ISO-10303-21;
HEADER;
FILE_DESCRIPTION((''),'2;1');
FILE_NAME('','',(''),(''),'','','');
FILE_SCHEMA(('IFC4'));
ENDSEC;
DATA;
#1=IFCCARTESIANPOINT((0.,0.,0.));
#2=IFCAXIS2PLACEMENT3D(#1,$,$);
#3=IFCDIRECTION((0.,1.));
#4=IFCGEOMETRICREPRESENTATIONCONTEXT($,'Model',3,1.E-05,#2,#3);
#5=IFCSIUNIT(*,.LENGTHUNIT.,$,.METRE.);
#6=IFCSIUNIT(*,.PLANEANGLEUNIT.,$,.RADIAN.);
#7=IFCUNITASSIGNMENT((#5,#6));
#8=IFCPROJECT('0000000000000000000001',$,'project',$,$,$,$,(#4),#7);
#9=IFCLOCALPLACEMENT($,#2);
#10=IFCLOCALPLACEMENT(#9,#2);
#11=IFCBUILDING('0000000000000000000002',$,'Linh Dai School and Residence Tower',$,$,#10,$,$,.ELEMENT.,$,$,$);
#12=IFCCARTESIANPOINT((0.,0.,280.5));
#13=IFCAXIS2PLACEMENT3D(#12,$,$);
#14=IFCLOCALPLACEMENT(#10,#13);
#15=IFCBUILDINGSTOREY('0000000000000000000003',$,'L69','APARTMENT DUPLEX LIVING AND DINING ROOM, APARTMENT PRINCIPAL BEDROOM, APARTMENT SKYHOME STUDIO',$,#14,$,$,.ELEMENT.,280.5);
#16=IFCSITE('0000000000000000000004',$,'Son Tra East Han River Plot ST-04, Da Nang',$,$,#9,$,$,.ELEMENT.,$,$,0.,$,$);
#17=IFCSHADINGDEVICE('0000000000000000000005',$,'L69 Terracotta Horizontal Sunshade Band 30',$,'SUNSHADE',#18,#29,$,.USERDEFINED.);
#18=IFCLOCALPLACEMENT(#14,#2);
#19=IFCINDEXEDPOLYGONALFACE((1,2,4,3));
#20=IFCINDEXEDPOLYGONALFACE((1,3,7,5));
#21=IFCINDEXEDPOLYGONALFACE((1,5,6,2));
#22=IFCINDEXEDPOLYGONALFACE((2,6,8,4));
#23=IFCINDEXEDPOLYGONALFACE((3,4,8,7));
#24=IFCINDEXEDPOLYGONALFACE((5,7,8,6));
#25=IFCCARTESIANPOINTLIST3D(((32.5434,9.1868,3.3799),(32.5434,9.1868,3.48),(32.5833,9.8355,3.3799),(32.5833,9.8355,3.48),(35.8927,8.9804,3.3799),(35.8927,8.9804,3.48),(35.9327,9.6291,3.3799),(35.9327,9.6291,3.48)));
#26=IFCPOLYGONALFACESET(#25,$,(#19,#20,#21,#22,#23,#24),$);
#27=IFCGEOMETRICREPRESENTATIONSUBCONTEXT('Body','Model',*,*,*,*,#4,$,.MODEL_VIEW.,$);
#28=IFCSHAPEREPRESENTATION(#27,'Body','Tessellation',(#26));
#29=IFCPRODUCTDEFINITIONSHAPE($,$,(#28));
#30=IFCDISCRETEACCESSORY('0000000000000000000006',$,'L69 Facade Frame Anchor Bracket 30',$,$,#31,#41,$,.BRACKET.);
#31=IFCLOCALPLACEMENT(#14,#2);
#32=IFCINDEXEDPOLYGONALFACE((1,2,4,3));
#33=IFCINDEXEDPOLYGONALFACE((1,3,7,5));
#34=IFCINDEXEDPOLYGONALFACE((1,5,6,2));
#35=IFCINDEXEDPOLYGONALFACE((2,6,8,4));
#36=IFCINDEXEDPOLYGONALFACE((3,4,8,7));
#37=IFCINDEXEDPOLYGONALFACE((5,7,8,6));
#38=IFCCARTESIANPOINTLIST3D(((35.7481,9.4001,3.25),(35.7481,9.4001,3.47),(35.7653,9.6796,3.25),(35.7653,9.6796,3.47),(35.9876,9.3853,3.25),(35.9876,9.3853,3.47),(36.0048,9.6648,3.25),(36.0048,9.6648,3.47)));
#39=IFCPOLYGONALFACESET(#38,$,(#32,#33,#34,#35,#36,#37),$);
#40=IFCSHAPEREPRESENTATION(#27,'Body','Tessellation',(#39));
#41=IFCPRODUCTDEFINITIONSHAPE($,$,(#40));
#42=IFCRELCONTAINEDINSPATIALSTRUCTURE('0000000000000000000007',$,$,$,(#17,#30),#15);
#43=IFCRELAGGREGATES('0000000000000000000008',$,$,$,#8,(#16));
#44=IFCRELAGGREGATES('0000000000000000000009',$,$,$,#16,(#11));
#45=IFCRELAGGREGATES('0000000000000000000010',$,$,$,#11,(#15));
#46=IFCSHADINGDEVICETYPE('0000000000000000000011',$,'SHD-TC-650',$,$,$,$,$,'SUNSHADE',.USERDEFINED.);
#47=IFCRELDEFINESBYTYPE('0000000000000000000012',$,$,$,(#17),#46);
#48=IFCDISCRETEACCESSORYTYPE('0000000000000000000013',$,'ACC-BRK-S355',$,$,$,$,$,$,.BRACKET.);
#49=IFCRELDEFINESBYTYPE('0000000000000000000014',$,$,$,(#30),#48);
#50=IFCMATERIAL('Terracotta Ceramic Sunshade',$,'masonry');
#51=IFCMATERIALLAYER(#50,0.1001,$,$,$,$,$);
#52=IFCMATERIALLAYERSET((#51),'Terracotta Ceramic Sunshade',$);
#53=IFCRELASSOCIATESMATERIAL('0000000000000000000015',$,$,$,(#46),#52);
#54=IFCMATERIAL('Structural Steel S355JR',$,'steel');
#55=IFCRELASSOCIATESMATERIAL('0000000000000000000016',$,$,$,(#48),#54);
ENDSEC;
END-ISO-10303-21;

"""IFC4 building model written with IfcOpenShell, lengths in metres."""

from ifc_helpers import new_model, si_unit, direction, frame, origin, origin_2d, place, context, subcontext, project, spatial, rectangle, extrude, source, transform, mapped, material, layer, layer_set, type_object, element, save


model = new_model("IFC4")

# Units and contexts
model_context = context("Model", 3, precision=1e-05, world=origin(), true_north=direction((0.0, 1.0)))
body_context = subcontext(model_context, "Body", "Model", "MODEL_VIEW")
ifc_project = project(units=[si_unit("LENGTHUNIT", "METRE"), si_unit("PLANEANGLEUNIT", "RADIAN")], contexts=[model_context])

# Site, building, storey
site_placement = place(None, origin())
site = spatial("IfcSite", under=ifc_project, at=site_placement, Name="Son Tra East Han River Plot ST-04, Da Nang", CompositionType="ELEMENT", RefElevation=0.0)
building_placement = place(site_placement, origin())
building = spatial("IfcBuilding", under=site, at=building_placement, Name="Linh Dai School and Residence Tower", CompositionType="ELEMENT")
storey_placement = place(building_placement, frame((0.0, 0.0, 280.5)))
storey = spatial("IfcBuildingStorey", under=building, at=storey_placement, Name="L69", Description="APARTMENT DUPLEX LIVING AND DINING ROOM, APARTMENT PRINCIPAL BEDROOM, APARTMENT SKYHOME STUDIO", CompositionType="ELEMENT", Elevation=280.5)

# Shared definitions
ifc_material_1 = material(Name="Structural Steel S355JR", Category="steel")

# Shading device
ifc_material_2 = material(Name="Terracotta Ceramic Sunshade", Category="masonry")
ifc_layer_1 = layer(ifc_material_2, 0.1001)
ifc_layer_set_1 = layer_set([ifc_layer_1], Name="Terracotta Ceramic Sunshade")
shading_device_type = type_object("IfcShadingDeviceType", Name="SHD-TC-650", ElementType="SUNSHADE", PredefinedType="USERDEFINED", material=ifc_layer_set_1)
shared_shape_1 = source(origin(), body_context, "Body", "SweptSolid", [
    extrude(rectangle(XDim=3.3557, YDim=0.6499, at=origin_2d()), origin(), (0.0, 0.0, 1.0), 0.1001),
])
shading_device_placement = place(storey_placement, frame((34.238, 9.408, 3.3799), z_axis=(0.0, 0.0, 1.0), x_axis=(-0.998106, 0.06151, 0.0)))
element("IfcShadingDevice", 1, at=shading_device_placement, inside=storey, type_object=shading_device_type, Name="L69 Terracotta Horizontal Sunshade Band 30", ObjectType="SUNSHADE", PredefinedType="USERDEFINED", context=body_context, shape_type="MappedRepresentation", body=[
    mapped(shared_shape_1, transform((0.0, 0.0, 0.0), x_axis=(1.0, 0.0, 0.0), y_axis=(0.0, 1.0, 0.0), z_axis=(0.0, 0.0, 1.0), scale=1.0)),
])

# Discrete accessory
discrete_accessory_type = type_object("IfcDiscreteAccessoryType", Name="ACC-BRK-S355", PredefinedType="BRACKET", material=ifc_material_1)
shared_shape_2 = source(origin(), body_context, "Body", "SweptSolid", [
    extrude(rectangle(XDim=0.28, YDim=0.24, at=origin_2d()), origin(), (0.0, 0.0, 1.0), 0.22),
])
discrete_accessory_placement = place(storey_placement, frame((35.8765, 9.5325, 3.25), z_axis=(0.0, 0.0, 1.0), x_axis=(-0.06151, -0.998106, 0.0)))
element("IfcDiscreteAccessory", 2, at=discrete_accessory_placement, inside=storey, type_object=discrete_accessory_type, Name="L69 Facade Frame Anchor Bracket 30", PredefinedType="BRACKET", context=body_context, shape_type="MappedRepresentation", body=[
    mapped(shared_shape_2, transform((0.0, 0.0, 0.0), x_axis=(1.0, 0.0, 0.0), y_axis=(0.0, 1.0, 0.0), z_axis=(0.0, 0.0, 1.0), scale=1.0)),
])

save(model, "model.ifc")
